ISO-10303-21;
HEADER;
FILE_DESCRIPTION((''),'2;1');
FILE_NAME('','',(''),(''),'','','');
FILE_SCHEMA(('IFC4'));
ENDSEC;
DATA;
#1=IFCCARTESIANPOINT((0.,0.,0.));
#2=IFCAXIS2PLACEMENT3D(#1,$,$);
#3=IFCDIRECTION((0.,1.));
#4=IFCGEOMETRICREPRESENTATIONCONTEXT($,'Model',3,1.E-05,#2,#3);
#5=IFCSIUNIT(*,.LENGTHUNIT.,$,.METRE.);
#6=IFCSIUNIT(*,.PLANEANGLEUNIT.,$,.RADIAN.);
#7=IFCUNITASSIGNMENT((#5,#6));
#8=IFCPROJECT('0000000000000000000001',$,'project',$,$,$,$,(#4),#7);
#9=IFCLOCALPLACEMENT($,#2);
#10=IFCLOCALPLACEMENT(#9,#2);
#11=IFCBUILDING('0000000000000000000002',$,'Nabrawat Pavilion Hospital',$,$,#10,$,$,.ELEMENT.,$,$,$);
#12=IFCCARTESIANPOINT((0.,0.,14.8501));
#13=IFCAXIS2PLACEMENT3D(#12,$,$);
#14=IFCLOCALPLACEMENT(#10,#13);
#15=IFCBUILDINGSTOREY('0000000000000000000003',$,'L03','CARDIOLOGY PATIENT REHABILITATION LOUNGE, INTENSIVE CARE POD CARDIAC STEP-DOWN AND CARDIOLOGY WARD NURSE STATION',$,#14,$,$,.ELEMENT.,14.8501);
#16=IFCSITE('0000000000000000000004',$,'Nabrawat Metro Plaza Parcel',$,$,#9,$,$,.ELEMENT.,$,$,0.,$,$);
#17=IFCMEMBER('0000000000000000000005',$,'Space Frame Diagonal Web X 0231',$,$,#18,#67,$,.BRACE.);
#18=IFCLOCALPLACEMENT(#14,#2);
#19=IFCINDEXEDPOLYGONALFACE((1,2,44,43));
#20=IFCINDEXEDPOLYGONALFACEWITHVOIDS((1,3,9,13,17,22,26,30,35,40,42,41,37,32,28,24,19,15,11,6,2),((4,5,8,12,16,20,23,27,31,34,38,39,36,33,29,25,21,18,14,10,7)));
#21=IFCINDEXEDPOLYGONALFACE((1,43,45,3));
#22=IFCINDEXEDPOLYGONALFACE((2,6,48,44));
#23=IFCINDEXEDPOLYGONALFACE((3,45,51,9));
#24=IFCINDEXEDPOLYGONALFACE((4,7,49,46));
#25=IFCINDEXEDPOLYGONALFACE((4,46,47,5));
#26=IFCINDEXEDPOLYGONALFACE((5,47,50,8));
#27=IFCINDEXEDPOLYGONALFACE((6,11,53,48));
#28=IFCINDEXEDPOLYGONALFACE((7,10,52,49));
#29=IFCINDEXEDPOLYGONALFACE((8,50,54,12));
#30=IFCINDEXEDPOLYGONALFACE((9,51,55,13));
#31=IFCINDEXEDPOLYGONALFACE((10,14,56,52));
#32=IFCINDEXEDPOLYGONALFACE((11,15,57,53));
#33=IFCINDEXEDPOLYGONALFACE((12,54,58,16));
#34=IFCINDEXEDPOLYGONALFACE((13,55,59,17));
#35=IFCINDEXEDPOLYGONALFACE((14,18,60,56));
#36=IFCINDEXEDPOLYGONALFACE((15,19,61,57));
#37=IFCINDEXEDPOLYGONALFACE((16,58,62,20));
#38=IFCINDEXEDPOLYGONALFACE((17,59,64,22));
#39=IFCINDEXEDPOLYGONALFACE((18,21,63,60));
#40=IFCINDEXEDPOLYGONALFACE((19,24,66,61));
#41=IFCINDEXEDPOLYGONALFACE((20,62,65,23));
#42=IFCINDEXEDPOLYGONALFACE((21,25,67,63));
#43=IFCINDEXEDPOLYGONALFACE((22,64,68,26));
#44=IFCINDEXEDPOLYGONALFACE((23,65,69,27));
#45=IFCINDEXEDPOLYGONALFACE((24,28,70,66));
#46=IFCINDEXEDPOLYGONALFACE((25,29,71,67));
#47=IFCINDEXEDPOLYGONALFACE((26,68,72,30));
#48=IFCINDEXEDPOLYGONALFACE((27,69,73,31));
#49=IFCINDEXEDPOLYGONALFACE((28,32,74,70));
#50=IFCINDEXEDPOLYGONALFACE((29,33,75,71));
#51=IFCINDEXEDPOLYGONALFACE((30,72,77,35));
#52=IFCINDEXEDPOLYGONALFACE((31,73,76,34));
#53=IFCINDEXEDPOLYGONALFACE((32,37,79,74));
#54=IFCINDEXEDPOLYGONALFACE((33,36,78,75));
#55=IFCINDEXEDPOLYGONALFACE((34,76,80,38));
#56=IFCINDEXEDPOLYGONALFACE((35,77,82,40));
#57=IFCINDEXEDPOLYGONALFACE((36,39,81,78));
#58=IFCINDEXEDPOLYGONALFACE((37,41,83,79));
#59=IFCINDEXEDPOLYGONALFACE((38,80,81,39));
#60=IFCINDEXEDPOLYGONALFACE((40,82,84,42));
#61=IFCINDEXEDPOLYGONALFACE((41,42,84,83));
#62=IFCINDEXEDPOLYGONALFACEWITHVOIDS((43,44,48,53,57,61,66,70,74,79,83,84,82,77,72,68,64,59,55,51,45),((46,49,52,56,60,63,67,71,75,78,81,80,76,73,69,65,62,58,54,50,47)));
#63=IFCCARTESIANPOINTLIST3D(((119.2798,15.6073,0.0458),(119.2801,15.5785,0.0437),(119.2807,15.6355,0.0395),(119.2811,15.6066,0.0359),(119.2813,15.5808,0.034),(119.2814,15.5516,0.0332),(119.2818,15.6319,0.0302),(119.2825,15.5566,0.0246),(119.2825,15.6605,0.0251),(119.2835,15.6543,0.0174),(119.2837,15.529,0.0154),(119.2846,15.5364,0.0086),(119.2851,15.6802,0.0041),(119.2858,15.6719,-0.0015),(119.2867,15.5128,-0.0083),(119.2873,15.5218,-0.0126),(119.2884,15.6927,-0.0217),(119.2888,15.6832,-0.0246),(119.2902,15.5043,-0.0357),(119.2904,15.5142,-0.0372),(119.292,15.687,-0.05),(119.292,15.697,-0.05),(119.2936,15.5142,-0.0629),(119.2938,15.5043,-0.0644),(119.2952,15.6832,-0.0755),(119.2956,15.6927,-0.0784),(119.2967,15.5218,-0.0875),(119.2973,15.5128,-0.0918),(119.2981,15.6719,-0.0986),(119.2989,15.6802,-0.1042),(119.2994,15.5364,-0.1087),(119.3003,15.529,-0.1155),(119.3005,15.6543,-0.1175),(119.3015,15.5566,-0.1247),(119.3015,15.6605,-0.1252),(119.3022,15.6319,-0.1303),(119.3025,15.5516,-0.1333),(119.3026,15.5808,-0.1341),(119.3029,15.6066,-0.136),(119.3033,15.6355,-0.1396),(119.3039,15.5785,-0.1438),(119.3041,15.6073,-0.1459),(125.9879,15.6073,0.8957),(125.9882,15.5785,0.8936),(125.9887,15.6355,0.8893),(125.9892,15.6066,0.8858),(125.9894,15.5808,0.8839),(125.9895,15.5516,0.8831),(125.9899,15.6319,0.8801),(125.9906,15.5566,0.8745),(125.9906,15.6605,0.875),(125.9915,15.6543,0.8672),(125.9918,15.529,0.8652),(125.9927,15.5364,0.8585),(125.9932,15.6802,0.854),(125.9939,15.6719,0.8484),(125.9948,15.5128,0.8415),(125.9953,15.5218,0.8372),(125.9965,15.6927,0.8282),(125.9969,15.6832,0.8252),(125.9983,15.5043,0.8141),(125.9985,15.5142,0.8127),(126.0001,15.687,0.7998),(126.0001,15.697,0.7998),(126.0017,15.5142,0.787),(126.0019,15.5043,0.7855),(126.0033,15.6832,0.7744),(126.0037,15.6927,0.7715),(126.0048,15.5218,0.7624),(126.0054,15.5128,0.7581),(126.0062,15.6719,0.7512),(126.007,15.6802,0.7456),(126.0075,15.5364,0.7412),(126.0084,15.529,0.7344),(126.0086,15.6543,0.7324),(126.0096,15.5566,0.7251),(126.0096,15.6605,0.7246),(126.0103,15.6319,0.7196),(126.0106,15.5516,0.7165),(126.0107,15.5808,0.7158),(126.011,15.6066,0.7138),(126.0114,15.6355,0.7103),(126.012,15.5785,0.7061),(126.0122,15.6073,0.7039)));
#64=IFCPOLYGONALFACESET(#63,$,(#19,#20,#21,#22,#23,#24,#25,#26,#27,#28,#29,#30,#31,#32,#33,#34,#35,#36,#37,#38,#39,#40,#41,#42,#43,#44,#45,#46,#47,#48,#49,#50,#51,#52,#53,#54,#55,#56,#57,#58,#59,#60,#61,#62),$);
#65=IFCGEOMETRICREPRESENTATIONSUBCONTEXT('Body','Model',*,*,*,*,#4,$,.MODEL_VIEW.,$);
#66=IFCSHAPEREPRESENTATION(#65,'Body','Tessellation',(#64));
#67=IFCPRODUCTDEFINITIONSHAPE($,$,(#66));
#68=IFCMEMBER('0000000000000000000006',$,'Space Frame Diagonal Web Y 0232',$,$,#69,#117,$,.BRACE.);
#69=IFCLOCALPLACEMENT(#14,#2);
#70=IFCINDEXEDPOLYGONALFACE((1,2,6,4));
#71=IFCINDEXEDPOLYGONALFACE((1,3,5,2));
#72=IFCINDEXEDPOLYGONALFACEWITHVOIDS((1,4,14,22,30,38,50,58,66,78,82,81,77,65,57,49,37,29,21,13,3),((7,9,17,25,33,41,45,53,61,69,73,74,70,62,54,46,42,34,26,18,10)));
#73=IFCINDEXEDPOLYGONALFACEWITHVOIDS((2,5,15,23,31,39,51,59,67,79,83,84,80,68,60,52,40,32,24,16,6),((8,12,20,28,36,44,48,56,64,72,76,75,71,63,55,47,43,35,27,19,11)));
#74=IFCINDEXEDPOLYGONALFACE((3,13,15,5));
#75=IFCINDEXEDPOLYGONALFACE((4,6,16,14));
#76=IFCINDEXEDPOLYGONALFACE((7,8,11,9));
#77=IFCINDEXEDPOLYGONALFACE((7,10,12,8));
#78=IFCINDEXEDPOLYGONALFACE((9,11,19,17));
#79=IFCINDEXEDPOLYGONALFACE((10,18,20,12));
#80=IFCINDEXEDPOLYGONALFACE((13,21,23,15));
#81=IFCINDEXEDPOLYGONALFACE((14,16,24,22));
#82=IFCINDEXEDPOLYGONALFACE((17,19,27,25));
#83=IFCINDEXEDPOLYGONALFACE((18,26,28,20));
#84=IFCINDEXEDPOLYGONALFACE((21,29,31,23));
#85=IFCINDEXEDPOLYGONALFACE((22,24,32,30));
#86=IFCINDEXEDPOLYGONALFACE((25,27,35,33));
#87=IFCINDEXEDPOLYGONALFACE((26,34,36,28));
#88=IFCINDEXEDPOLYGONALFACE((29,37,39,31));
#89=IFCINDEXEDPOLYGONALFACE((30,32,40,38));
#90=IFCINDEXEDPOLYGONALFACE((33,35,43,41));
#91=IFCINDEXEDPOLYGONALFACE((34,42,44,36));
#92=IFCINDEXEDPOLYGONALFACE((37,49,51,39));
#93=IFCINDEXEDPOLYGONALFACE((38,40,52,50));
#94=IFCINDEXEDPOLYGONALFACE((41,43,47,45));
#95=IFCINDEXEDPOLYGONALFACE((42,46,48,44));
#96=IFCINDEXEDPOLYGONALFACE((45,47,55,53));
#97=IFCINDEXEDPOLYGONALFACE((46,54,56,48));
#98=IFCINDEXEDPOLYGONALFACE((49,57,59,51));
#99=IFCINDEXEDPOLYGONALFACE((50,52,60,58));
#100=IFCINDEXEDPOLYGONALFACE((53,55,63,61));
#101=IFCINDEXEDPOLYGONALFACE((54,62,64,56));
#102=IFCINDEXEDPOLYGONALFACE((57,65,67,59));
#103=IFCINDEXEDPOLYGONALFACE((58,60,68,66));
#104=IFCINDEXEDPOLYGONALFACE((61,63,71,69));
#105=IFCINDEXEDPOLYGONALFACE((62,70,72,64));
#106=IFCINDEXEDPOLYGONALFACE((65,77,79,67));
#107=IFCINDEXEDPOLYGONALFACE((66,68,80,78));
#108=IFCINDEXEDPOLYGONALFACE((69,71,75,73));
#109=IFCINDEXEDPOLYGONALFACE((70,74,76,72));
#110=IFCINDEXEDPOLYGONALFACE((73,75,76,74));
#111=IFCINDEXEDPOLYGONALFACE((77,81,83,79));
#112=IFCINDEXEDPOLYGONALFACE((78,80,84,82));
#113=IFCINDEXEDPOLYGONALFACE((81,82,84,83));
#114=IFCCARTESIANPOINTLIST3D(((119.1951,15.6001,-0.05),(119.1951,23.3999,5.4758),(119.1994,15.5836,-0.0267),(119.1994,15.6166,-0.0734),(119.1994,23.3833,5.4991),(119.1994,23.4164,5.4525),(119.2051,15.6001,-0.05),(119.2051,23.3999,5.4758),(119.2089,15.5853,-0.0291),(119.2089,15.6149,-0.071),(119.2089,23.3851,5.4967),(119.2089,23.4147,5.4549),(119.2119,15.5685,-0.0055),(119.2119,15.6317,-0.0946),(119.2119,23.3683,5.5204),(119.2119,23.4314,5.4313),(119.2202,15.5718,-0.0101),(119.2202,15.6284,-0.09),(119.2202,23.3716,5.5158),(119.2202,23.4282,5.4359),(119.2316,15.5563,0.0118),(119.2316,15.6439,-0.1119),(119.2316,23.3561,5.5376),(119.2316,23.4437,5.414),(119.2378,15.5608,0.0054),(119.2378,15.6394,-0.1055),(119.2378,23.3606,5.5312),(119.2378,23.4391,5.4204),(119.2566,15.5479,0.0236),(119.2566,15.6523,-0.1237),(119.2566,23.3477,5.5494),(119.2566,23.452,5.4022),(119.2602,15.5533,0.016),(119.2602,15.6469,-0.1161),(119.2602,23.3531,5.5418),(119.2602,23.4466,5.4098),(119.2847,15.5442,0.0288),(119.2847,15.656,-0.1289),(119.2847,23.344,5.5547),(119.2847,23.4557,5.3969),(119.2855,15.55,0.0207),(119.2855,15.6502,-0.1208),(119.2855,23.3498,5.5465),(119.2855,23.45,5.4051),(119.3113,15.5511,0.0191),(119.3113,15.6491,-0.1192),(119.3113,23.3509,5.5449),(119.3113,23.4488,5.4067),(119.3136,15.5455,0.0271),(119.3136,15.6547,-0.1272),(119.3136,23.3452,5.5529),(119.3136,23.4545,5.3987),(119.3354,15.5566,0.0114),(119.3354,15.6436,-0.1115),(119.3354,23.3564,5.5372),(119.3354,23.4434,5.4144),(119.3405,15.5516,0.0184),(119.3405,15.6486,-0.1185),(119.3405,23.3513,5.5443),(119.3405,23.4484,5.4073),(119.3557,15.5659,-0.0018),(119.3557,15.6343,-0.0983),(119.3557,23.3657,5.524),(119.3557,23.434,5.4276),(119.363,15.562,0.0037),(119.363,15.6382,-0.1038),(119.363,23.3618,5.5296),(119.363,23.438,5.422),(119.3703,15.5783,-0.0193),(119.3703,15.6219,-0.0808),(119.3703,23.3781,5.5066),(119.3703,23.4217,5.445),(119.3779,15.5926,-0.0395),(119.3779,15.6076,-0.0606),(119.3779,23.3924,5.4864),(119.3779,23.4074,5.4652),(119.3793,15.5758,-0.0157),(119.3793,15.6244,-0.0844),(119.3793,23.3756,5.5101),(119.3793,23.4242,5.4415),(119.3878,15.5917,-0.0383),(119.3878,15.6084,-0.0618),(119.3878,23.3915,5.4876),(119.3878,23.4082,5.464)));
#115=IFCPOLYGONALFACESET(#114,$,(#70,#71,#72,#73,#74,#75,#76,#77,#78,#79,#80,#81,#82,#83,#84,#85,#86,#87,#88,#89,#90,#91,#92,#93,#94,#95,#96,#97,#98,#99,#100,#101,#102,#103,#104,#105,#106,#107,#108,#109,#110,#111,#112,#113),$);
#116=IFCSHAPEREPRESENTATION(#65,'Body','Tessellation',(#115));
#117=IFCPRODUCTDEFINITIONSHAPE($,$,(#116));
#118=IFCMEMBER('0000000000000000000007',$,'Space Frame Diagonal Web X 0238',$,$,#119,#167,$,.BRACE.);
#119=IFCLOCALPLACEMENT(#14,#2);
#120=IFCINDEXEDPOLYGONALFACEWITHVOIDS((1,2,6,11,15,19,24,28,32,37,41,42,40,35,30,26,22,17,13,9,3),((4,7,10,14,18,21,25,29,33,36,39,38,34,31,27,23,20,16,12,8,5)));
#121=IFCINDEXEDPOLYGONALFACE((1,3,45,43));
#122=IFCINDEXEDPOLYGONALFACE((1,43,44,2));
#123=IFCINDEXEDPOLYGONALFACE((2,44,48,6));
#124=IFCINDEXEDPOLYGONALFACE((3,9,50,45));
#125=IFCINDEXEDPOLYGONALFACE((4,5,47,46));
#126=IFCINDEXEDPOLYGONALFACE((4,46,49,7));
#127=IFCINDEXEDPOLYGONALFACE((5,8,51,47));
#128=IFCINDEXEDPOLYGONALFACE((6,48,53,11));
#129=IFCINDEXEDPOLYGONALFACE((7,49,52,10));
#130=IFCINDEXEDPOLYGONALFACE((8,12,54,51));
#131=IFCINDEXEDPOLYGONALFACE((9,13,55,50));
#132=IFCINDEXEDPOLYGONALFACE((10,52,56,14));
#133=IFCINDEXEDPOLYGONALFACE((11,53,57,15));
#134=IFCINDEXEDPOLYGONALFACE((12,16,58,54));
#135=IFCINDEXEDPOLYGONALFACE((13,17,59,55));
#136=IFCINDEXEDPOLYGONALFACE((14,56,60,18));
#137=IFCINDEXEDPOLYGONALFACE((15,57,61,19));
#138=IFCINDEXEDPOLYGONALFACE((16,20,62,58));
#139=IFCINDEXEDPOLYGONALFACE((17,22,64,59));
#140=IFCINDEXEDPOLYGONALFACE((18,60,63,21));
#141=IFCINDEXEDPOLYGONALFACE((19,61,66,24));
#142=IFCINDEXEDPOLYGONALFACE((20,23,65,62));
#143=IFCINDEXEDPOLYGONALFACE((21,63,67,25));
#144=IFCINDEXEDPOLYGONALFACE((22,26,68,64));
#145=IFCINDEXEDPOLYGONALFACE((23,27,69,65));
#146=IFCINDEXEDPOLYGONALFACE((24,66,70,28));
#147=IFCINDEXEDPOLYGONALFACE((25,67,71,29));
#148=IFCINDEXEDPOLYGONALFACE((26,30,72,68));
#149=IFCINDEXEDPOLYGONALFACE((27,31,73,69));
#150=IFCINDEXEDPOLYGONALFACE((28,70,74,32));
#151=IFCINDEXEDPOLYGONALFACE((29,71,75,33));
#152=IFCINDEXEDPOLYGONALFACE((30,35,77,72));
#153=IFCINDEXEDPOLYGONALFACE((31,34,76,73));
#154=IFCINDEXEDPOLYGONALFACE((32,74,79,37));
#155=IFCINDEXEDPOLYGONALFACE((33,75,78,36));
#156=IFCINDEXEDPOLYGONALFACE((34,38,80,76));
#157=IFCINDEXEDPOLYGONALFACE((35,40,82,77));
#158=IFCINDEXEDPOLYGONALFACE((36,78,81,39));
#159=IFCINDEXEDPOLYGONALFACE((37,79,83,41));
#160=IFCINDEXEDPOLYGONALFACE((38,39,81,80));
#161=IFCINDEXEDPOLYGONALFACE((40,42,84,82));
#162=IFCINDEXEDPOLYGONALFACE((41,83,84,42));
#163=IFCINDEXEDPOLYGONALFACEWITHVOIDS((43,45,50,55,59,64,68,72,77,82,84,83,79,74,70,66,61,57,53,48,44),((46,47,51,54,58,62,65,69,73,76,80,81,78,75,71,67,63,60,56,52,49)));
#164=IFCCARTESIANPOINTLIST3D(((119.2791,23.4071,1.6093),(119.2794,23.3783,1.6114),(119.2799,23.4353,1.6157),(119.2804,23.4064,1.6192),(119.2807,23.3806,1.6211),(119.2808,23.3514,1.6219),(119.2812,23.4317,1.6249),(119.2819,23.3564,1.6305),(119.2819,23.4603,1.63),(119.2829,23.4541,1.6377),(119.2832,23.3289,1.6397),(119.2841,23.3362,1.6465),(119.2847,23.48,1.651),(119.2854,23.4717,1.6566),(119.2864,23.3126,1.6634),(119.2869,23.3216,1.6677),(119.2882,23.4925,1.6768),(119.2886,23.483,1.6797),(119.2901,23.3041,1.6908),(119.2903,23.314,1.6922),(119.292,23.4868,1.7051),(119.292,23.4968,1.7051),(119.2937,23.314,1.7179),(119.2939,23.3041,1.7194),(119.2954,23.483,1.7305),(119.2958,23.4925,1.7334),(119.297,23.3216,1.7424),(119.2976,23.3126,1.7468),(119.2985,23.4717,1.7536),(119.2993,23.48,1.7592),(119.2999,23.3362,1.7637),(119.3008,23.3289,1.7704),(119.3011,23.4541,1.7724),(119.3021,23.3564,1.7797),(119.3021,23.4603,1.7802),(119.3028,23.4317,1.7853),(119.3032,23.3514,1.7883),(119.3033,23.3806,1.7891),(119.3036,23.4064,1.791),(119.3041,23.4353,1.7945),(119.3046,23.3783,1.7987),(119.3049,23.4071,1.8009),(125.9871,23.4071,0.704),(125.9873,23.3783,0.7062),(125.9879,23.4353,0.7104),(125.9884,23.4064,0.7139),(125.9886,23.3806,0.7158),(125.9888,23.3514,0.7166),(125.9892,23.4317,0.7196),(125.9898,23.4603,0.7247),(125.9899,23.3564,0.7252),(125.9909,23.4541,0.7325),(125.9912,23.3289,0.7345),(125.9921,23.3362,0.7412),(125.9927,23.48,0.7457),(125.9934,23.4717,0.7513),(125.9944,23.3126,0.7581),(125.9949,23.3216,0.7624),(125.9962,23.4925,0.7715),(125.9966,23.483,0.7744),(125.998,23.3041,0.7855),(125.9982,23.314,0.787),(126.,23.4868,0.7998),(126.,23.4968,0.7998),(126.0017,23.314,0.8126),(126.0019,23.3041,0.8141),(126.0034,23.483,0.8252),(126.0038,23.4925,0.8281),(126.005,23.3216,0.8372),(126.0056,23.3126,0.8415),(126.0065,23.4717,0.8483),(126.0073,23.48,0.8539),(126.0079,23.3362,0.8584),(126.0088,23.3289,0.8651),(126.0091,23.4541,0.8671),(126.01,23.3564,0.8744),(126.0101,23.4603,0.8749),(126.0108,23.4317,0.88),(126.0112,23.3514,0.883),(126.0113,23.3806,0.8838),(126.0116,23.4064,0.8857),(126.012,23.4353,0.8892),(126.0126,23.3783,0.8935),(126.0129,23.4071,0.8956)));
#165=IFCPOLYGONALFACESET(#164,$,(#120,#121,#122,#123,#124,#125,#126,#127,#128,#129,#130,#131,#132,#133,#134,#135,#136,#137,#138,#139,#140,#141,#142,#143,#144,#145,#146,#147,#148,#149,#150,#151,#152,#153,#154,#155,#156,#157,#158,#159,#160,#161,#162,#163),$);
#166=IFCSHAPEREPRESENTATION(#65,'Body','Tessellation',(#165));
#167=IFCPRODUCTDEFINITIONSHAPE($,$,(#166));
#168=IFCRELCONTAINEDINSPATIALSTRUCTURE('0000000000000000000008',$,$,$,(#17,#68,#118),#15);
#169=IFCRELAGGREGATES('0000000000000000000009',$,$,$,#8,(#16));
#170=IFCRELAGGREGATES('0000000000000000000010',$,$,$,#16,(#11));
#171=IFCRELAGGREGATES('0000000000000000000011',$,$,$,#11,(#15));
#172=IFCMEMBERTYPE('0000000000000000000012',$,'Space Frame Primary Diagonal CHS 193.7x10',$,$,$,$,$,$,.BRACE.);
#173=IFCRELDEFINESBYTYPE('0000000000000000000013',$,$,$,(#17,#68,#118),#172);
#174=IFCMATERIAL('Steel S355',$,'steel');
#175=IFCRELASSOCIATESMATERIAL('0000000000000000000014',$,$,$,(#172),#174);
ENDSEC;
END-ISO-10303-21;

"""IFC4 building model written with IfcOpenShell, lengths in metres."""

from ifc_helpers import new_model, si_unit, direction, frame, origin, origin_2d, place, context, subcontext, project, spatial, hollow_circle, extrude, material, material_profile, profile_set, type_object, element, save


model = new_model("IFC4")

# Units and contexts
model_context = context("Model", 3, precision=1e-05, world=origin(), true_north=direction((0.0, 1.0)))
body_context = subcontext(model_context, "Body", "Model", "MODEL_VIEW")
ifc_project = project(units=[si_unit("LENGTHUNIT", "METRE"), si_unit("PLANEANGLEUNIT", "RADIAN")], contexts=[model_context])

# Site, building, storey
site_placement = place(None, origin())
site = spatial("IfcSite", under=ifc_project, at=site_placement, Name="Nabrawat Metro Plaza Parcel", CompositionType="ELEMENT", RefElevation=0.0)
building_placement = place(site_placement, origin())
building = spatial("IfcBuilding", under=site, at=building_placement, Name="Nabrawat Pavilion Hospital", CompositionType="ELEMENT")
storey_placement = place(building_placement, frame((0.0, 0.0, 14.8501)))
storey = spatial("IfcBuildingStorey", under=building, at=storey_placement, Name="L03", Description="CARDIOLOGY PATIENT REHABILITATION LOUNGE, INTENSIVE CARE POD CARDIAC STEP-DOWN AND CARDIOLOGY WARD NURSE STATION", CompositionType="ELEMENT", Elevation=14.8501)

# Shared definitions
ifc_material = material(Name="Steel S355", Category="steel")

# Members
ifc_material_profile_1 = material_profile(ifc_material, hollow_circle(Radius=0.0969, WallThickness=0.01, at=origin_2d()), Name="CHS 193.7x10")
ifc_profile_set_1 = profile_set([ifc_material_profile_1], Name="Steel S355")
member_type_1 = type_object("IfcMemberType", Name="Space Frame Primary Diagonal CHS 193.7x10", PredefinedType="BRACE", material=ifc_profile_set_1)
member_1_placement = place(storey_placement, frame((119.292, 15.6001, -0.05), z_axis=(0.99207, 0.0, 0.125688), x_axis=(0.0, 1.0, 0.0)))
element("IfcMember", 1, at=member_1_placement, inside=storey, type_object=member_type_1, Name="Space Frame Diagonal Web X 0231", PredefinedType="BRACE", context=body_context, shape_type="SweptSolid", body=[
    extrude(hollow_circle(Radius=0.0969, WallThickness=0.01, at=origin_2d()), origin(), (0.0, 0.0, 1.0), 6.7617),
])
member_2_placement = place(storey_placement, frame((119.292, 15.6001, -0.05), z_axis=(0.0, 0.815974, 0.578088), x_axis=(-1.0, 0.0, 0.0)))
element("IfcMember", 2, at=member_2_placement, inside=storey, type_object=member_type_1, Name="Space Frame Diagonal Web Y 0232", PredefinedType="BRACE", context=body_context, shape_type="SweptSolid", body=[
    extrude(hollow_circle(Radius=0.0969, WallThickness=0.01, at=origin_2d()), origin(), (0.0, 0.0, 1.0), 9.5588),
])
member_3_placement = place(storey_placement, frame((119.292, 23.3999, 1.7051), z_axis=(0.991016, 0.0, -0.133742), x_axis=(0.0, 1.0, 0.0)))
element("IfcMember", 3, at=member_3_placement, inside=storey, type_object=member_type_1, Name="Space Frame Diagonal Web X 0238", PredefinedType="BRACE", context=body_context, shape_type="SweptSolid", body=[
    extrude(hollow_circle(Radius=0.0969, WallThickness=0.01, at=origin_2d()), origin(), (0.0, 0.0, 1.0), 6.7688),
])

save(model, "model.ifc")
